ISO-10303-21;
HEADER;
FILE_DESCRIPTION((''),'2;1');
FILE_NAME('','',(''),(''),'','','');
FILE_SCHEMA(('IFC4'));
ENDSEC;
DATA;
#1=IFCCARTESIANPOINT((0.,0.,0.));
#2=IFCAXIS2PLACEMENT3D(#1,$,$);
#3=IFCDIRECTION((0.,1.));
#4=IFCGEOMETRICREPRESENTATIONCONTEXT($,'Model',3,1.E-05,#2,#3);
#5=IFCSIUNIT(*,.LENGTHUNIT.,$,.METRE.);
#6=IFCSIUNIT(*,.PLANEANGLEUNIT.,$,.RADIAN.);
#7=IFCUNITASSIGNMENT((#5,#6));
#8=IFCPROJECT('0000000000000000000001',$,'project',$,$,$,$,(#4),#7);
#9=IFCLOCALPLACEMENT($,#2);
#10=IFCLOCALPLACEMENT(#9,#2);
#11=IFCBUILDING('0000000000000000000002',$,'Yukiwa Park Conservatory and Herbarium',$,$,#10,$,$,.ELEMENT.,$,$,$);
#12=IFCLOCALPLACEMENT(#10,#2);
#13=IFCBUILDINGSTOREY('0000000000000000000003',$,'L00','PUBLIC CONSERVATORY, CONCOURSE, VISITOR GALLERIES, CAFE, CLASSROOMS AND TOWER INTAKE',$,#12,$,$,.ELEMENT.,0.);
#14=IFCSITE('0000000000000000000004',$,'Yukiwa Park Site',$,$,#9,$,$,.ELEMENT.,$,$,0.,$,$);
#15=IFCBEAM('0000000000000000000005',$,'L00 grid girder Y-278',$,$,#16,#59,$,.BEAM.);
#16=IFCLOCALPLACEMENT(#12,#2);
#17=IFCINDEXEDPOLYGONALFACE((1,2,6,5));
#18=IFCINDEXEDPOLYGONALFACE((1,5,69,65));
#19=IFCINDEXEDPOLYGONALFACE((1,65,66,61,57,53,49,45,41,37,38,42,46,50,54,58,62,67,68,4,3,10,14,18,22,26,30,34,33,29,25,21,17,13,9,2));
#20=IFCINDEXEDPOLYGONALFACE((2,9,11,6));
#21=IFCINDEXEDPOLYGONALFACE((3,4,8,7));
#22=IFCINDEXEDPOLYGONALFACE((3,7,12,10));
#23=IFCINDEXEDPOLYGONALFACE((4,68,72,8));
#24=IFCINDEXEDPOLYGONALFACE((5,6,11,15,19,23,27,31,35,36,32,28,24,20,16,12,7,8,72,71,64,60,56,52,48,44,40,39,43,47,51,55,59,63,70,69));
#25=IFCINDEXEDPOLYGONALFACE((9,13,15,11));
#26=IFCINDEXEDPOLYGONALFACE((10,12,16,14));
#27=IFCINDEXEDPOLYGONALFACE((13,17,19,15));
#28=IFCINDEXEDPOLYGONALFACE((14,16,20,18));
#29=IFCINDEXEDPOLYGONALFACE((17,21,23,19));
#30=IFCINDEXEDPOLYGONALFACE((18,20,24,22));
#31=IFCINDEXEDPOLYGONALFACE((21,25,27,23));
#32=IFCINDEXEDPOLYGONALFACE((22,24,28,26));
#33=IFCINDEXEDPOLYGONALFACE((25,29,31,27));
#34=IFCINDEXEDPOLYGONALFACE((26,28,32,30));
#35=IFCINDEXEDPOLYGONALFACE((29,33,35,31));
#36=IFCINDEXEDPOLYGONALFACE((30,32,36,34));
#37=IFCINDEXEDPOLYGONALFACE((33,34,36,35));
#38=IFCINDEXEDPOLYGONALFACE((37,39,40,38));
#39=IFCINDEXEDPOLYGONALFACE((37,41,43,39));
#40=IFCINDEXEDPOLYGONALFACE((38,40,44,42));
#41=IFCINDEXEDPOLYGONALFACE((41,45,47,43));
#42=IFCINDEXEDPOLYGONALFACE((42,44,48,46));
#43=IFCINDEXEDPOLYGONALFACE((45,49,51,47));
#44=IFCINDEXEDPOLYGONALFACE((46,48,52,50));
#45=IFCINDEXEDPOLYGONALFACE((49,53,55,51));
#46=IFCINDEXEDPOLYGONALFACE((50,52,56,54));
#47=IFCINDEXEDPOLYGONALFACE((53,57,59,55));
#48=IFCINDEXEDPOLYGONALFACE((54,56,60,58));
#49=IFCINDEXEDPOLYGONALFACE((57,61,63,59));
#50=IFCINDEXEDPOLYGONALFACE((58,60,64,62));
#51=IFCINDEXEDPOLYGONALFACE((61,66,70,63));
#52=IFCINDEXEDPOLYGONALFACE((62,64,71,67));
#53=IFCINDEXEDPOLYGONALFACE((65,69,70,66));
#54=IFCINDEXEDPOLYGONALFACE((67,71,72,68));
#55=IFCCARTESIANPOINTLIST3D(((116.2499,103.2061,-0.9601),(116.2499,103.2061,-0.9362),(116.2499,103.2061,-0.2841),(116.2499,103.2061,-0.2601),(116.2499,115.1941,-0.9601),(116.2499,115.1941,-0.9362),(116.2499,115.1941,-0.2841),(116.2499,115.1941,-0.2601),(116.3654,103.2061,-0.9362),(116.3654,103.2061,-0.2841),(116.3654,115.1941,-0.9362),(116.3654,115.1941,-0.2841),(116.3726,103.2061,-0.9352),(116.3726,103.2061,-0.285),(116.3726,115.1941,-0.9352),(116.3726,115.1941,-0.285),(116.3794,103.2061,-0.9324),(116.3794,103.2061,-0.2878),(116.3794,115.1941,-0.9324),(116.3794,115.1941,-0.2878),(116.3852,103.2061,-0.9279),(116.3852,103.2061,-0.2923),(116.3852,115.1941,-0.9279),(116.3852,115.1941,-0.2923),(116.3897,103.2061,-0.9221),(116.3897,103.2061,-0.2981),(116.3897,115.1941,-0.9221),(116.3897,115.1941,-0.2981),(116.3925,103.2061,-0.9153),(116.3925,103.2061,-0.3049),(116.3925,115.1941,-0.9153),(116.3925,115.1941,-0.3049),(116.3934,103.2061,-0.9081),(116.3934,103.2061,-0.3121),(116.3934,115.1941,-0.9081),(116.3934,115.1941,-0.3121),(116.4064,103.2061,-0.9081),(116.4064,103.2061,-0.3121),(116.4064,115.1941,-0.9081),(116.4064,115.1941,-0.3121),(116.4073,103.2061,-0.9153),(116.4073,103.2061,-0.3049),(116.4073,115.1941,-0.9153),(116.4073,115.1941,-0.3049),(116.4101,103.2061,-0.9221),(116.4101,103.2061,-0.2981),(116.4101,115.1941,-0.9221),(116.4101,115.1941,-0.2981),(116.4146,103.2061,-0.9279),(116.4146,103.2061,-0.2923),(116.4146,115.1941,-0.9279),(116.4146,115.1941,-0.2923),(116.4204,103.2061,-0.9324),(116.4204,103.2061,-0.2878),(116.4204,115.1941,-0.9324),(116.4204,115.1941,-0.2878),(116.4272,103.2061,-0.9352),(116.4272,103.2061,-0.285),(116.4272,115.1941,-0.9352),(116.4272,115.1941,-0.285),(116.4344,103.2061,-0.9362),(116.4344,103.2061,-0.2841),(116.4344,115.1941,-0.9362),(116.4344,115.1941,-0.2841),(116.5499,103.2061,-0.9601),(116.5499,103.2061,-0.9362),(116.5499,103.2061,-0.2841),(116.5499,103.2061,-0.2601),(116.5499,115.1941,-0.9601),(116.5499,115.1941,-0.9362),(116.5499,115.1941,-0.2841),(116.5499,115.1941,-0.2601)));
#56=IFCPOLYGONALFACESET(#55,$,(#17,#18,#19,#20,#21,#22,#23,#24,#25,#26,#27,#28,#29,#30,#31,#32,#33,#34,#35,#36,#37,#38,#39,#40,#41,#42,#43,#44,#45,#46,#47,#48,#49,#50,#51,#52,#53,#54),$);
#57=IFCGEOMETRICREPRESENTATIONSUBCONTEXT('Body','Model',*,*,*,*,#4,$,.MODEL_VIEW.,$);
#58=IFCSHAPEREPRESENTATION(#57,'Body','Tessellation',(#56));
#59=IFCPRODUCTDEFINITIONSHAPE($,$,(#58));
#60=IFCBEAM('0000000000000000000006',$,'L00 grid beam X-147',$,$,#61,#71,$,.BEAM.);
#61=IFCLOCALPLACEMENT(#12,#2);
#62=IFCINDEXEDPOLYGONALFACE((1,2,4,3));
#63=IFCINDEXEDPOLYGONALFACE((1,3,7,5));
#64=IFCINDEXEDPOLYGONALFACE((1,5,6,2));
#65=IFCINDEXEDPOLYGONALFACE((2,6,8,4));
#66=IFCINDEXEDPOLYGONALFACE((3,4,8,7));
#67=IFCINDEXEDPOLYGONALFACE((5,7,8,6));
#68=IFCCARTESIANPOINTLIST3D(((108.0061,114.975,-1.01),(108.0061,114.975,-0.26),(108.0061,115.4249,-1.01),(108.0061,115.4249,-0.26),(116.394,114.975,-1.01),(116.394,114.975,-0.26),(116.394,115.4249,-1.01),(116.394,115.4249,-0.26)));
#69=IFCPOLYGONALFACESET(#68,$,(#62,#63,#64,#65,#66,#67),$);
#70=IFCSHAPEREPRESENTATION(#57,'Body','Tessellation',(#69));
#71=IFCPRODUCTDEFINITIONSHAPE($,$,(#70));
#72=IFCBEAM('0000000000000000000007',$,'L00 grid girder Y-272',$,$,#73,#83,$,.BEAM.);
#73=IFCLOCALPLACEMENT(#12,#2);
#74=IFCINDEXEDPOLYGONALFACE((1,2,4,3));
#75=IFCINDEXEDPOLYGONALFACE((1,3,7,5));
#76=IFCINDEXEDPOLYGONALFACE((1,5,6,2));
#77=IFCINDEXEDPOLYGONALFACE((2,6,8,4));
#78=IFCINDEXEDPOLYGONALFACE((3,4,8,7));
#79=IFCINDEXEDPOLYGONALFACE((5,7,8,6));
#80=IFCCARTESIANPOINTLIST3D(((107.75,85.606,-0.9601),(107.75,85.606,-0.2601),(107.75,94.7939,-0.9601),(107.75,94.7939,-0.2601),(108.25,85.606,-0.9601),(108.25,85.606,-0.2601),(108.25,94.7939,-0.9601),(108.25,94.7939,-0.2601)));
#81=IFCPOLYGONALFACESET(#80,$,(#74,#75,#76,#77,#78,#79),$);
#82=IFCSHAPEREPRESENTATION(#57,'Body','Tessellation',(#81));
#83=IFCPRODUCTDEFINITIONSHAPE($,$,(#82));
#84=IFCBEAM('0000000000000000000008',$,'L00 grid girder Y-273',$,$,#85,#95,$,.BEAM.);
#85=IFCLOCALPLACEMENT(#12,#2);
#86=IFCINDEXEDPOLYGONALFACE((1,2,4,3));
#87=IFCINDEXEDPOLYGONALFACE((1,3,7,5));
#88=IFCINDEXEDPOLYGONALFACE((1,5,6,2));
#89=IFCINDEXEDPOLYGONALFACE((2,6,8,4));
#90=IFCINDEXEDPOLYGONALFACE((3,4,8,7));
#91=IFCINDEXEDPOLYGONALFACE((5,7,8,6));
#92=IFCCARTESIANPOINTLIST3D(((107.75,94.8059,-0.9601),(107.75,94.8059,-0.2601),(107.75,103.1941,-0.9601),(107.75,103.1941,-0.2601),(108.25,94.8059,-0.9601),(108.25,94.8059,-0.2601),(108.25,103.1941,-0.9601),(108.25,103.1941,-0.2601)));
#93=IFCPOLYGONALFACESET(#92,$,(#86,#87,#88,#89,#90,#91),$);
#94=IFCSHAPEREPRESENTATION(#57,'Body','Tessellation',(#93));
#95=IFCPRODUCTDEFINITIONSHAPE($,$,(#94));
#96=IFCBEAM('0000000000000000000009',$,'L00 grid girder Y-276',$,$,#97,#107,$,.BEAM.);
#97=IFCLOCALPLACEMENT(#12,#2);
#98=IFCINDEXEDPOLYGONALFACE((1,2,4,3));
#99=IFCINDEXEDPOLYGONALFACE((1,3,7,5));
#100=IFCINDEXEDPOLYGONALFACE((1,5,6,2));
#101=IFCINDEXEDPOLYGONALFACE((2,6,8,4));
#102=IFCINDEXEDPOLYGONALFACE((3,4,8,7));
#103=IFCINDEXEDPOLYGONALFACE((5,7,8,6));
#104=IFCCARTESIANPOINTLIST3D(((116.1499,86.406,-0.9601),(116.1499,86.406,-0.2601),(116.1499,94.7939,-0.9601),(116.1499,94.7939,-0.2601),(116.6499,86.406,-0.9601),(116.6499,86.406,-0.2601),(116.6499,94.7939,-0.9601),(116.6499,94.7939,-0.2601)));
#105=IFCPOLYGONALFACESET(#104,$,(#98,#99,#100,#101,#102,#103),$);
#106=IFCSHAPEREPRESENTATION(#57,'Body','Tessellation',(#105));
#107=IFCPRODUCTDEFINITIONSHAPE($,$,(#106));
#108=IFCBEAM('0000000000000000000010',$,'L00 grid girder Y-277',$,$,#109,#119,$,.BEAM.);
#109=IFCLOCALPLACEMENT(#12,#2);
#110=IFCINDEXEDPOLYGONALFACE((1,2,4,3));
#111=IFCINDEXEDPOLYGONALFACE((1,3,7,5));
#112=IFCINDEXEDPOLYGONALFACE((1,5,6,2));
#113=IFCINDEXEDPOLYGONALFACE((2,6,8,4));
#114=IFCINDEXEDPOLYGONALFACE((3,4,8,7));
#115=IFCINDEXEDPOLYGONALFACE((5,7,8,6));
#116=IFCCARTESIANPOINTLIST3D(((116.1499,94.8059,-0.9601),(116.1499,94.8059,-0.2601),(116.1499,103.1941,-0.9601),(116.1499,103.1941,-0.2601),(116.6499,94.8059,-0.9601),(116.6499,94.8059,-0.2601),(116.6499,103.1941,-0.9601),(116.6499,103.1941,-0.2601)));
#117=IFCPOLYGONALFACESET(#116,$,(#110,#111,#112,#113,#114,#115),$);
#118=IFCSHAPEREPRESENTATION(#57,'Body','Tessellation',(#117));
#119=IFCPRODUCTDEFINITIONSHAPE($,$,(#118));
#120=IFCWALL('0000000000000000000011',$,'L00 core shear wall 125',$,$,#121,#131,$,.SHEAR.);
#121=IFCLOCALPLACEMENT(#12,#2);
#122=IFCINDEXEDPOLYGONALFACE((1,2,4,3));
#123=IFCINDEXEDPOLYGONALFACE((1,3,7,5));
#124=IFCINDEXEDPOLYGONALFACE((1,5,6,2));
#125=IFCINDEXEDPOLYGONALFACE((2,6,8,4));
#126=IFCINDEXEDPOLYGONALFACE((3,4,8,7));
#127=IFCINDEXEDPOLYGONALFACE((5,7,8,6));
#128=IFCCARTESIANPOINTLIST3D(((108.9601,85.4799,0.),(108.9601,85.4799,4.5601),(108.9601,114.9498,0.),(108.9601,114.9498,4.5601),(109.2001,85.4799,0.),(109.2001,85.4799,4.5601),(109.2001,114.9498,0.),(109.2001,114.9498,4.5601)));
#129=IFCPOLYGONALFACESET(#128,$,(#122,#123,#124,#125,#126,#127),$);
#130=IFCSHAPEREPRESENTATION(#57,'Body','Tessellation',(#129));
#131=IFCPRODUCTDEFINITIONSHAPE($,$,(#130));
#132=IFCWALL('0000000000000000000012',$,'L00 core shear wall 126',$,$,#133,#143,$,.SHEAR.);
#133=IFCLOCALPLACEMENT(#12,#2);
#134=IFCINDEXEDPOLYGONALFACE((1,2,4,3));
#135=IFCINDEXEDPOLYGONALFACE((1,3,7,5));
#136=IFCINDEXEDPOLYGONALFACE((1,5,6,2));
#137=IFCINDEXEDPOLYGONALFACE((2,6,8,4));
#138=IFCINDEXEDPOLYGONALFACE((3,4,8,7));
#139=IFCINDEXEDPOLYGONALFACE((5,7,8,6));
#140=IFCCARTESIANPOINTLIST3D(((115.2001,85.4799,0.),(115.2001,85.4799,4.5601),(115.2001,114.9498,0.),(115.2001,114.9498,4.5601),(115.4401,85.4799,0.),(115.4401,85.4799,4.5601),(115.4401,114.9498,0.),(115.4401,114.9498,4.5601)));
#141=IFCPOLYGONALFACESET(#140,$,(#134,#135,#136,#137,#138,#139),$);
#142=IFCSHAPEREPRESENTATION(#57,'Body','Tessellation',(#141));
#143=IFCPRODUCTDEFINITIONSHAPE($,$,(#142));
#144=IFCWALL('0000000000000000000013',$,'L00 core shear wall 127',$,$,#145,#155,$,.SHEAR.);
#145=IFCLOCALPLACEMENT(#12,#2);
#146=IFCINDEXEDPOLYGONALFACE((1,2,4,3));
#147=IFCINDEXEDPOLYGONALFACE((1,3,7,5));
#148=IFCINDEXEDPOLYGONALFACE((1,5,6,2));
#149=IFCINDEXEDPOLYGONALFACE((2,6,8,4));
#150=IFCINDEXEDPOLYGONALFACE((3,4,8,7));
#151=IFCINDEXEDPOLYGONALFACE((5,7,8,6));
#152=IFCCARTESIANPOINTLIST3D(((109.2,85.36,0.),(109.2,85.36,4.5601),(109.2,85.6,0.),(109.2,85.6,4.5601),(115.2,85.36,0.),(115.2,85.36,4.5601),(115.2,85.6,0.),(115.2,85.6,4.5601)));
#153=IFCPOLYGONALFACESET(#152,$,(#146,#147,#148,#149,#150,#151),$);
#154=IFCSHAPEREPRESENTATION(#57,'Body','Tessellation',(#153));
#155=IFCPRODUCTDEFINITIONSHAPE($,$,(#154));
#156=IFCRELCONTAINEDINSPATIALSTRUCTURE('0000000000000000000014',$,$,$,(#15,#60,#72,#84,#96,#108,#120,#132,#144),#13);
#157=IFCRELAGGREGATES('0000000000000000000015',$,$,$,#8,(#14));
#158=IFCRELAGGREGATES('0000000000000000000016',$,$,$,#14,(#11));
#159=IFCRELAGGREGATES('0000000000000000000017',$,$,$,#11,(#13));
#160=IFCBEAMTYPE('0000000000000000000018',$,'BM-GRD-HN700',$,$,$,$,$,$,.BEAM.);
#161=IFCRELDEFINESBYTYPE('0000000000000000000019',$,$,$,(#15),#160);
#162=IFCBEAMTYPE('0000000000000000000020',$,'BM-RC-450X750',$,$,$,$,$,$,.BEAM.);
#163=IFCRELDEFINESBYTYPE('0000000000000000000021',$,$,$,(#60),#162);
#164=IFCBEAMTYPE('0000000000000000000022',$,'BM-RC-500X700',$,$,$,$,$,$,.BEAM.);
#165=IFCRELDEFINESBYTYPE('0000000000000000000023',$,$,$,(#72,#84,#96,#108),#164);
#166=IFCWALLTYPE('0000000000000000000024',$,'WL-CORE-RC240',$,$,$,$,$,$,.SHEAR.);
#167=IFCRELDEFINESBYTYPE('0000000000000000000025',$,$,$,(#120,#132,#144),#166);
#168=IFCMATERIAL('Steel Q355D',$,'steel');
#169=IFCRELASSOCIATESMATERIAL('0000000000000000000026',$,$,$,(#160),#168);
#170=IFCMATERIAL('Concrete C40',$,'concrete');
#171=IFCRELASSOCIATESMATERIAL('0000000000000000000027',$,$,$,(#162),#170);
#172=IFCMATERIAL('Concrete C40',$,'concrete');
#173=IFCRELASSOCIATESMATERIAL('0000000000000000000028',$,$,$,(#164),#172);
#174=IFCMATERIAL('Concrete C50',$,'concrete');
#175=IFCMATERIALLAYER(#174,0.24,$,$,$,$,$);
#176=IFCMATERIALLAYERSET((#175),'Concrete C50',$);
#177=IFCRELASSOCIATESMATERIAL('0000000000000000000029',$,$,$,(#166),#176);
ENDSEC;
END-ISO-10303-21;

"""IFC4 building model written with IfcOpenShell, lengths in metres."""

from ifc_helpers import new_model, si_unit, direction, frame, frame_2d, origin, origin_2d, place, context, subcontext, project, spatial, rectangle, i_section, extrude, material, layer, layer_set, material_profile, profile_set, type_object, element, save


model = new_model("IFC4")

# Units and contexts
model_context = context("Model", 3, precision=1e-05, world=origin(), true_north=direction((0.0, 1.0)))
body_context = subcontext(model_context, "Body", "Model", "MODEL_VIEW")
ifc_project = project(units=[si_unit("LENGTHUNIT", "METRE"), si_unit("PLANEANGLEUNIT", "RADIAN")], contexts=[model_context])

# Site, building, storey
site_placement = place(None, origin())
site = spatial("IfcSite", under=ifc_project, at=site_placement, Name="Yukiwa Park Site", CompositionType="ELEMENT", RefElevation=0.0)
building_placement = place(site_placement, origin())
building = spatial("IfcBuilding", under=site, at=building_placement, Name="Yukiwa Park Conservatory and Herbarium", CompositionType="ELEMENT")
storey_placement = place(building_placement, origin())
storey = spatial("IfcBuildingStorey", under=building, at=storey_placement, Name="L00", Description="PUBLIC CONSERVATORY, CONCOURSE, VISITOR GALLERIES, CAFE, CLASSROOMS AND TOWER INTAKE", CompositionType="ELEMENT", Elevation=0.0)

# Beams
ifc_material_1 = material(Name="Steel Q355D", Category="steel")
ifc_material_profile_1 = material_profile(ifc_material_1, i_section(OverallWidth=0.3, OverallDepth=0.7, WebThickness=0.0129, FlangeThickness=0.0239, FilletRadius=0.0281, at=origin_2d()), Name="HN 700x300x13x24")
ifc_profile_set_1 = profile_set([ifc_material_profile_1], Name="Steel Q355D")
beam_type_1 = type_object("IfcBeamType", Name="BM-GRD-HN700", PredefinedType="BEAM", material=ifc_profile_set_1)
for number, where, z_axis, x_axis, name in (
    (1, (116.3999, 103.2061, -0.6101), (0.0, 1.0, 0.0), (-1.0, 0.0, 0.0), "L00 grid girder Y-278"),
):
    element("IfcBeam", number, at=place(storey_placement, frame(where, z_axis=z_axis, x_axis=x_axis)), inside=storey, type_object=beam_type_1, Name=name, PredefinedType="BEAM", context=body_context, shape_type="SweptSolid", body=[
        extrude(i_section(OverallWidth=0.3, OverallDepth=0.7, WebThickness=0.0129, FlangeThickness=0.0239, FilletRadius=0.0281, at=origin_2d()), origin(), (0.0, 0.0, 1.0), 11.988),
    ])
ifc_material_2 = material(Name="Concrete C40", Category="concrete")
ifc_material_profile_2 = material_profile(ifc_material_2, rectangle(XDim=0.45, YDim=0.75, at=origin_2d()), Name="RC 450x750")
ifc_profile_set_2 = profile_set([ifc_material_profile_2], Name="Concrete C40")
beam_type_2 = type_object("IfcBeamType", Name="BM-RC-450X750", PredefinedType="BEAM", material=ifc_profile_set_2)
beam_1_placement = place(storey_placement, frame((108.0061, 115.2, -0.635), z_axis=(1.0, 0.0, 0.0), x_axis=(0.0, 1.0, 0.0)))
element("IfcBeam", 2, at=beam_1_placement, inside=storey, type_object=beam_type_2, Name="L00 grid beam X-147", PredefinedType="BEAM", context=body_context, shape_type="SweptSolid", body=[
    extrude(rectangle(XDim=0.45, YDim=0.75, at=origin_2d()), origin(), (0.0, 0.0, 1.0), 8.3879),
])
ifc_material_3 = material(Name="Concrete C40", Category="concrete")
ifc_material_profile_3 = material_profile(ifc_material_3, rectangle(XDim=0.5, YDim=0.7, at=origin_2d()), Name="RC 500x700")
ifc_profile_set_3 = profile_set([ifc_material_profile_3], Name="Concrete C40")
beam_type_3 = type_object("IfcBeamType", Name="BM-RC-500X700", PredefinedType="BEAM", material=ifc_profile_set_3)
beam_2_placement = place(storey_placement, frame((108.0, 85.606, -0.6101), z_axis=(0.0, 1.0, 0.0), x_axis=(-1.0, 0.0, 0.0)))
element("IfcBeam", 3, at=beam_2_placement, inside=storey, type_object=beam_type_3, Name="L00 grid girder Y-272", PredefinedType="BEAM", context=body_context, shape_type="SweptSolid", body=[
    extrude(rectangle(XDim=0.5, YDim=0.7, at=origin_2d()), origin(), (0.0, 0.0, 1.0), 9.188),
])
beam_3_placement = place(storey_placement, frame((108.0, 94.8059, -0.6101), z_axis=(0.0, 1.0, 0.0), x_axis=(-1.0, 0.0, 0.0)))
element("IfcBeam", 4, at=beam_3_placement, inside=storey, type_object=beam_type_3, Name="L00 grid girder Y-273", PredefinedType="BEAM", context=body_context, shape_type="SweptSolid", body=[
    extrude(rectangle(XDim=0.5, YDim=0.7, at=origin_2d()), origin(), (0.0, 0.0, 1.0), 8.3882),
])
beam_4_placement = place(storey_placement, frame((116.3999, 86.406, -0.6101), z_axis=(0.0, 1.0, 0.0), x_axis=(-1.0, 0.0, 0.0)))
element("IfcBeam", 5, at=beam_4_placement, inside=storey, type_object=beam_type_3, Name="L00 grid girder Y-276", PredefinedType="BEAM", context=body_context, shape_type="SweptSolid", body=[
    extrude(rectangle(XDim=0.5, YDim=0.7, at=origin_2d()), origin(), (0.0, 0.0, 1.0), 8.3879),
])
beam_5_placement = place(storey_placement, frame((116.3999, 94.8059, -0.6101), z_axis=(0.0, 1.0, 0.0), x_axis=(-1.0, 0.0, 0.0)))
element("IfcBeam", 6, at=beam_5_placement, inside=storey, type_object=beam_type_3, Name="L00 grid girder Y-277", PredefinedType="BEAM", context=body_context, shape_type="SweptSolid", body=[
    extrude(rectangle(XDim=0.5, YDim=0.7, at=origin_2d()), origin(), (0.0, 0.0, 1.0), 8.3882),
])

# Walls
ifc_material_4 = material(Name="Concrete C50", Category="concrete")
ifc_layer_1 = layer(ifc_material_4, 0.24)
ifc_layer_set_1 = layer_set([ifc_layer_1], Name="Concrete C50")
wall_type_1 = type_object("IfcWallType", Name="WL-CORE-RC240", PredefinedType="SHEAR", material=ifc_layer_set_1)
for number, where, z_axis, x_axis, name in (
    (7, (109.0801, 85.48, 0.0), (0.0, 0.0, 1.0), (0.0, 1.0, 0.0), "L00 core shear wall 125"),
    (8, (115.3201, 85.48, 0.0), (0.0, 0.0, 1.0), (0.0, 1.0, 0.0), "L00 core shear wall 126"),
):
    element("IfcWall", number, at=place(storey_placement, frame(where, z_axis=z_axis, x_axis=x_axis)), inside=storey, type_object=wall_type_1, Name=name, PredefinedType="SHEAR", context=body_context, shape_type="SweptSolid", body=[
        extrude(rectangle(XDim=29.47, YDim=0.24, at=frame_2d((14.7349, 0.0))), origin(), (0.0, 0.0, 1.0), 4.5601),
    ])
wall_1_placement = place(storey_placement, frame((109.2, 85.48, 0.0), z_axis=(0.0, 0.0, 1.0), x_axis=(1.0, 0.0, 0.0)))
element("IfcWall", 9, at=wall_1_placement, inside=storey, type_object=wall_type_1, Name="L00 core shear wall 127", PredefinedType="SHEAR", context=body_context, shape_type="SweptSolid", body=[
    extrude(rectangle(XDim=6.0, YDim=0.24, at=frame_2d((3.0, 0.0))), origin(), (0.0, 0.0, 1.0), 4.5601),
])

save(model, "model.ifc")
